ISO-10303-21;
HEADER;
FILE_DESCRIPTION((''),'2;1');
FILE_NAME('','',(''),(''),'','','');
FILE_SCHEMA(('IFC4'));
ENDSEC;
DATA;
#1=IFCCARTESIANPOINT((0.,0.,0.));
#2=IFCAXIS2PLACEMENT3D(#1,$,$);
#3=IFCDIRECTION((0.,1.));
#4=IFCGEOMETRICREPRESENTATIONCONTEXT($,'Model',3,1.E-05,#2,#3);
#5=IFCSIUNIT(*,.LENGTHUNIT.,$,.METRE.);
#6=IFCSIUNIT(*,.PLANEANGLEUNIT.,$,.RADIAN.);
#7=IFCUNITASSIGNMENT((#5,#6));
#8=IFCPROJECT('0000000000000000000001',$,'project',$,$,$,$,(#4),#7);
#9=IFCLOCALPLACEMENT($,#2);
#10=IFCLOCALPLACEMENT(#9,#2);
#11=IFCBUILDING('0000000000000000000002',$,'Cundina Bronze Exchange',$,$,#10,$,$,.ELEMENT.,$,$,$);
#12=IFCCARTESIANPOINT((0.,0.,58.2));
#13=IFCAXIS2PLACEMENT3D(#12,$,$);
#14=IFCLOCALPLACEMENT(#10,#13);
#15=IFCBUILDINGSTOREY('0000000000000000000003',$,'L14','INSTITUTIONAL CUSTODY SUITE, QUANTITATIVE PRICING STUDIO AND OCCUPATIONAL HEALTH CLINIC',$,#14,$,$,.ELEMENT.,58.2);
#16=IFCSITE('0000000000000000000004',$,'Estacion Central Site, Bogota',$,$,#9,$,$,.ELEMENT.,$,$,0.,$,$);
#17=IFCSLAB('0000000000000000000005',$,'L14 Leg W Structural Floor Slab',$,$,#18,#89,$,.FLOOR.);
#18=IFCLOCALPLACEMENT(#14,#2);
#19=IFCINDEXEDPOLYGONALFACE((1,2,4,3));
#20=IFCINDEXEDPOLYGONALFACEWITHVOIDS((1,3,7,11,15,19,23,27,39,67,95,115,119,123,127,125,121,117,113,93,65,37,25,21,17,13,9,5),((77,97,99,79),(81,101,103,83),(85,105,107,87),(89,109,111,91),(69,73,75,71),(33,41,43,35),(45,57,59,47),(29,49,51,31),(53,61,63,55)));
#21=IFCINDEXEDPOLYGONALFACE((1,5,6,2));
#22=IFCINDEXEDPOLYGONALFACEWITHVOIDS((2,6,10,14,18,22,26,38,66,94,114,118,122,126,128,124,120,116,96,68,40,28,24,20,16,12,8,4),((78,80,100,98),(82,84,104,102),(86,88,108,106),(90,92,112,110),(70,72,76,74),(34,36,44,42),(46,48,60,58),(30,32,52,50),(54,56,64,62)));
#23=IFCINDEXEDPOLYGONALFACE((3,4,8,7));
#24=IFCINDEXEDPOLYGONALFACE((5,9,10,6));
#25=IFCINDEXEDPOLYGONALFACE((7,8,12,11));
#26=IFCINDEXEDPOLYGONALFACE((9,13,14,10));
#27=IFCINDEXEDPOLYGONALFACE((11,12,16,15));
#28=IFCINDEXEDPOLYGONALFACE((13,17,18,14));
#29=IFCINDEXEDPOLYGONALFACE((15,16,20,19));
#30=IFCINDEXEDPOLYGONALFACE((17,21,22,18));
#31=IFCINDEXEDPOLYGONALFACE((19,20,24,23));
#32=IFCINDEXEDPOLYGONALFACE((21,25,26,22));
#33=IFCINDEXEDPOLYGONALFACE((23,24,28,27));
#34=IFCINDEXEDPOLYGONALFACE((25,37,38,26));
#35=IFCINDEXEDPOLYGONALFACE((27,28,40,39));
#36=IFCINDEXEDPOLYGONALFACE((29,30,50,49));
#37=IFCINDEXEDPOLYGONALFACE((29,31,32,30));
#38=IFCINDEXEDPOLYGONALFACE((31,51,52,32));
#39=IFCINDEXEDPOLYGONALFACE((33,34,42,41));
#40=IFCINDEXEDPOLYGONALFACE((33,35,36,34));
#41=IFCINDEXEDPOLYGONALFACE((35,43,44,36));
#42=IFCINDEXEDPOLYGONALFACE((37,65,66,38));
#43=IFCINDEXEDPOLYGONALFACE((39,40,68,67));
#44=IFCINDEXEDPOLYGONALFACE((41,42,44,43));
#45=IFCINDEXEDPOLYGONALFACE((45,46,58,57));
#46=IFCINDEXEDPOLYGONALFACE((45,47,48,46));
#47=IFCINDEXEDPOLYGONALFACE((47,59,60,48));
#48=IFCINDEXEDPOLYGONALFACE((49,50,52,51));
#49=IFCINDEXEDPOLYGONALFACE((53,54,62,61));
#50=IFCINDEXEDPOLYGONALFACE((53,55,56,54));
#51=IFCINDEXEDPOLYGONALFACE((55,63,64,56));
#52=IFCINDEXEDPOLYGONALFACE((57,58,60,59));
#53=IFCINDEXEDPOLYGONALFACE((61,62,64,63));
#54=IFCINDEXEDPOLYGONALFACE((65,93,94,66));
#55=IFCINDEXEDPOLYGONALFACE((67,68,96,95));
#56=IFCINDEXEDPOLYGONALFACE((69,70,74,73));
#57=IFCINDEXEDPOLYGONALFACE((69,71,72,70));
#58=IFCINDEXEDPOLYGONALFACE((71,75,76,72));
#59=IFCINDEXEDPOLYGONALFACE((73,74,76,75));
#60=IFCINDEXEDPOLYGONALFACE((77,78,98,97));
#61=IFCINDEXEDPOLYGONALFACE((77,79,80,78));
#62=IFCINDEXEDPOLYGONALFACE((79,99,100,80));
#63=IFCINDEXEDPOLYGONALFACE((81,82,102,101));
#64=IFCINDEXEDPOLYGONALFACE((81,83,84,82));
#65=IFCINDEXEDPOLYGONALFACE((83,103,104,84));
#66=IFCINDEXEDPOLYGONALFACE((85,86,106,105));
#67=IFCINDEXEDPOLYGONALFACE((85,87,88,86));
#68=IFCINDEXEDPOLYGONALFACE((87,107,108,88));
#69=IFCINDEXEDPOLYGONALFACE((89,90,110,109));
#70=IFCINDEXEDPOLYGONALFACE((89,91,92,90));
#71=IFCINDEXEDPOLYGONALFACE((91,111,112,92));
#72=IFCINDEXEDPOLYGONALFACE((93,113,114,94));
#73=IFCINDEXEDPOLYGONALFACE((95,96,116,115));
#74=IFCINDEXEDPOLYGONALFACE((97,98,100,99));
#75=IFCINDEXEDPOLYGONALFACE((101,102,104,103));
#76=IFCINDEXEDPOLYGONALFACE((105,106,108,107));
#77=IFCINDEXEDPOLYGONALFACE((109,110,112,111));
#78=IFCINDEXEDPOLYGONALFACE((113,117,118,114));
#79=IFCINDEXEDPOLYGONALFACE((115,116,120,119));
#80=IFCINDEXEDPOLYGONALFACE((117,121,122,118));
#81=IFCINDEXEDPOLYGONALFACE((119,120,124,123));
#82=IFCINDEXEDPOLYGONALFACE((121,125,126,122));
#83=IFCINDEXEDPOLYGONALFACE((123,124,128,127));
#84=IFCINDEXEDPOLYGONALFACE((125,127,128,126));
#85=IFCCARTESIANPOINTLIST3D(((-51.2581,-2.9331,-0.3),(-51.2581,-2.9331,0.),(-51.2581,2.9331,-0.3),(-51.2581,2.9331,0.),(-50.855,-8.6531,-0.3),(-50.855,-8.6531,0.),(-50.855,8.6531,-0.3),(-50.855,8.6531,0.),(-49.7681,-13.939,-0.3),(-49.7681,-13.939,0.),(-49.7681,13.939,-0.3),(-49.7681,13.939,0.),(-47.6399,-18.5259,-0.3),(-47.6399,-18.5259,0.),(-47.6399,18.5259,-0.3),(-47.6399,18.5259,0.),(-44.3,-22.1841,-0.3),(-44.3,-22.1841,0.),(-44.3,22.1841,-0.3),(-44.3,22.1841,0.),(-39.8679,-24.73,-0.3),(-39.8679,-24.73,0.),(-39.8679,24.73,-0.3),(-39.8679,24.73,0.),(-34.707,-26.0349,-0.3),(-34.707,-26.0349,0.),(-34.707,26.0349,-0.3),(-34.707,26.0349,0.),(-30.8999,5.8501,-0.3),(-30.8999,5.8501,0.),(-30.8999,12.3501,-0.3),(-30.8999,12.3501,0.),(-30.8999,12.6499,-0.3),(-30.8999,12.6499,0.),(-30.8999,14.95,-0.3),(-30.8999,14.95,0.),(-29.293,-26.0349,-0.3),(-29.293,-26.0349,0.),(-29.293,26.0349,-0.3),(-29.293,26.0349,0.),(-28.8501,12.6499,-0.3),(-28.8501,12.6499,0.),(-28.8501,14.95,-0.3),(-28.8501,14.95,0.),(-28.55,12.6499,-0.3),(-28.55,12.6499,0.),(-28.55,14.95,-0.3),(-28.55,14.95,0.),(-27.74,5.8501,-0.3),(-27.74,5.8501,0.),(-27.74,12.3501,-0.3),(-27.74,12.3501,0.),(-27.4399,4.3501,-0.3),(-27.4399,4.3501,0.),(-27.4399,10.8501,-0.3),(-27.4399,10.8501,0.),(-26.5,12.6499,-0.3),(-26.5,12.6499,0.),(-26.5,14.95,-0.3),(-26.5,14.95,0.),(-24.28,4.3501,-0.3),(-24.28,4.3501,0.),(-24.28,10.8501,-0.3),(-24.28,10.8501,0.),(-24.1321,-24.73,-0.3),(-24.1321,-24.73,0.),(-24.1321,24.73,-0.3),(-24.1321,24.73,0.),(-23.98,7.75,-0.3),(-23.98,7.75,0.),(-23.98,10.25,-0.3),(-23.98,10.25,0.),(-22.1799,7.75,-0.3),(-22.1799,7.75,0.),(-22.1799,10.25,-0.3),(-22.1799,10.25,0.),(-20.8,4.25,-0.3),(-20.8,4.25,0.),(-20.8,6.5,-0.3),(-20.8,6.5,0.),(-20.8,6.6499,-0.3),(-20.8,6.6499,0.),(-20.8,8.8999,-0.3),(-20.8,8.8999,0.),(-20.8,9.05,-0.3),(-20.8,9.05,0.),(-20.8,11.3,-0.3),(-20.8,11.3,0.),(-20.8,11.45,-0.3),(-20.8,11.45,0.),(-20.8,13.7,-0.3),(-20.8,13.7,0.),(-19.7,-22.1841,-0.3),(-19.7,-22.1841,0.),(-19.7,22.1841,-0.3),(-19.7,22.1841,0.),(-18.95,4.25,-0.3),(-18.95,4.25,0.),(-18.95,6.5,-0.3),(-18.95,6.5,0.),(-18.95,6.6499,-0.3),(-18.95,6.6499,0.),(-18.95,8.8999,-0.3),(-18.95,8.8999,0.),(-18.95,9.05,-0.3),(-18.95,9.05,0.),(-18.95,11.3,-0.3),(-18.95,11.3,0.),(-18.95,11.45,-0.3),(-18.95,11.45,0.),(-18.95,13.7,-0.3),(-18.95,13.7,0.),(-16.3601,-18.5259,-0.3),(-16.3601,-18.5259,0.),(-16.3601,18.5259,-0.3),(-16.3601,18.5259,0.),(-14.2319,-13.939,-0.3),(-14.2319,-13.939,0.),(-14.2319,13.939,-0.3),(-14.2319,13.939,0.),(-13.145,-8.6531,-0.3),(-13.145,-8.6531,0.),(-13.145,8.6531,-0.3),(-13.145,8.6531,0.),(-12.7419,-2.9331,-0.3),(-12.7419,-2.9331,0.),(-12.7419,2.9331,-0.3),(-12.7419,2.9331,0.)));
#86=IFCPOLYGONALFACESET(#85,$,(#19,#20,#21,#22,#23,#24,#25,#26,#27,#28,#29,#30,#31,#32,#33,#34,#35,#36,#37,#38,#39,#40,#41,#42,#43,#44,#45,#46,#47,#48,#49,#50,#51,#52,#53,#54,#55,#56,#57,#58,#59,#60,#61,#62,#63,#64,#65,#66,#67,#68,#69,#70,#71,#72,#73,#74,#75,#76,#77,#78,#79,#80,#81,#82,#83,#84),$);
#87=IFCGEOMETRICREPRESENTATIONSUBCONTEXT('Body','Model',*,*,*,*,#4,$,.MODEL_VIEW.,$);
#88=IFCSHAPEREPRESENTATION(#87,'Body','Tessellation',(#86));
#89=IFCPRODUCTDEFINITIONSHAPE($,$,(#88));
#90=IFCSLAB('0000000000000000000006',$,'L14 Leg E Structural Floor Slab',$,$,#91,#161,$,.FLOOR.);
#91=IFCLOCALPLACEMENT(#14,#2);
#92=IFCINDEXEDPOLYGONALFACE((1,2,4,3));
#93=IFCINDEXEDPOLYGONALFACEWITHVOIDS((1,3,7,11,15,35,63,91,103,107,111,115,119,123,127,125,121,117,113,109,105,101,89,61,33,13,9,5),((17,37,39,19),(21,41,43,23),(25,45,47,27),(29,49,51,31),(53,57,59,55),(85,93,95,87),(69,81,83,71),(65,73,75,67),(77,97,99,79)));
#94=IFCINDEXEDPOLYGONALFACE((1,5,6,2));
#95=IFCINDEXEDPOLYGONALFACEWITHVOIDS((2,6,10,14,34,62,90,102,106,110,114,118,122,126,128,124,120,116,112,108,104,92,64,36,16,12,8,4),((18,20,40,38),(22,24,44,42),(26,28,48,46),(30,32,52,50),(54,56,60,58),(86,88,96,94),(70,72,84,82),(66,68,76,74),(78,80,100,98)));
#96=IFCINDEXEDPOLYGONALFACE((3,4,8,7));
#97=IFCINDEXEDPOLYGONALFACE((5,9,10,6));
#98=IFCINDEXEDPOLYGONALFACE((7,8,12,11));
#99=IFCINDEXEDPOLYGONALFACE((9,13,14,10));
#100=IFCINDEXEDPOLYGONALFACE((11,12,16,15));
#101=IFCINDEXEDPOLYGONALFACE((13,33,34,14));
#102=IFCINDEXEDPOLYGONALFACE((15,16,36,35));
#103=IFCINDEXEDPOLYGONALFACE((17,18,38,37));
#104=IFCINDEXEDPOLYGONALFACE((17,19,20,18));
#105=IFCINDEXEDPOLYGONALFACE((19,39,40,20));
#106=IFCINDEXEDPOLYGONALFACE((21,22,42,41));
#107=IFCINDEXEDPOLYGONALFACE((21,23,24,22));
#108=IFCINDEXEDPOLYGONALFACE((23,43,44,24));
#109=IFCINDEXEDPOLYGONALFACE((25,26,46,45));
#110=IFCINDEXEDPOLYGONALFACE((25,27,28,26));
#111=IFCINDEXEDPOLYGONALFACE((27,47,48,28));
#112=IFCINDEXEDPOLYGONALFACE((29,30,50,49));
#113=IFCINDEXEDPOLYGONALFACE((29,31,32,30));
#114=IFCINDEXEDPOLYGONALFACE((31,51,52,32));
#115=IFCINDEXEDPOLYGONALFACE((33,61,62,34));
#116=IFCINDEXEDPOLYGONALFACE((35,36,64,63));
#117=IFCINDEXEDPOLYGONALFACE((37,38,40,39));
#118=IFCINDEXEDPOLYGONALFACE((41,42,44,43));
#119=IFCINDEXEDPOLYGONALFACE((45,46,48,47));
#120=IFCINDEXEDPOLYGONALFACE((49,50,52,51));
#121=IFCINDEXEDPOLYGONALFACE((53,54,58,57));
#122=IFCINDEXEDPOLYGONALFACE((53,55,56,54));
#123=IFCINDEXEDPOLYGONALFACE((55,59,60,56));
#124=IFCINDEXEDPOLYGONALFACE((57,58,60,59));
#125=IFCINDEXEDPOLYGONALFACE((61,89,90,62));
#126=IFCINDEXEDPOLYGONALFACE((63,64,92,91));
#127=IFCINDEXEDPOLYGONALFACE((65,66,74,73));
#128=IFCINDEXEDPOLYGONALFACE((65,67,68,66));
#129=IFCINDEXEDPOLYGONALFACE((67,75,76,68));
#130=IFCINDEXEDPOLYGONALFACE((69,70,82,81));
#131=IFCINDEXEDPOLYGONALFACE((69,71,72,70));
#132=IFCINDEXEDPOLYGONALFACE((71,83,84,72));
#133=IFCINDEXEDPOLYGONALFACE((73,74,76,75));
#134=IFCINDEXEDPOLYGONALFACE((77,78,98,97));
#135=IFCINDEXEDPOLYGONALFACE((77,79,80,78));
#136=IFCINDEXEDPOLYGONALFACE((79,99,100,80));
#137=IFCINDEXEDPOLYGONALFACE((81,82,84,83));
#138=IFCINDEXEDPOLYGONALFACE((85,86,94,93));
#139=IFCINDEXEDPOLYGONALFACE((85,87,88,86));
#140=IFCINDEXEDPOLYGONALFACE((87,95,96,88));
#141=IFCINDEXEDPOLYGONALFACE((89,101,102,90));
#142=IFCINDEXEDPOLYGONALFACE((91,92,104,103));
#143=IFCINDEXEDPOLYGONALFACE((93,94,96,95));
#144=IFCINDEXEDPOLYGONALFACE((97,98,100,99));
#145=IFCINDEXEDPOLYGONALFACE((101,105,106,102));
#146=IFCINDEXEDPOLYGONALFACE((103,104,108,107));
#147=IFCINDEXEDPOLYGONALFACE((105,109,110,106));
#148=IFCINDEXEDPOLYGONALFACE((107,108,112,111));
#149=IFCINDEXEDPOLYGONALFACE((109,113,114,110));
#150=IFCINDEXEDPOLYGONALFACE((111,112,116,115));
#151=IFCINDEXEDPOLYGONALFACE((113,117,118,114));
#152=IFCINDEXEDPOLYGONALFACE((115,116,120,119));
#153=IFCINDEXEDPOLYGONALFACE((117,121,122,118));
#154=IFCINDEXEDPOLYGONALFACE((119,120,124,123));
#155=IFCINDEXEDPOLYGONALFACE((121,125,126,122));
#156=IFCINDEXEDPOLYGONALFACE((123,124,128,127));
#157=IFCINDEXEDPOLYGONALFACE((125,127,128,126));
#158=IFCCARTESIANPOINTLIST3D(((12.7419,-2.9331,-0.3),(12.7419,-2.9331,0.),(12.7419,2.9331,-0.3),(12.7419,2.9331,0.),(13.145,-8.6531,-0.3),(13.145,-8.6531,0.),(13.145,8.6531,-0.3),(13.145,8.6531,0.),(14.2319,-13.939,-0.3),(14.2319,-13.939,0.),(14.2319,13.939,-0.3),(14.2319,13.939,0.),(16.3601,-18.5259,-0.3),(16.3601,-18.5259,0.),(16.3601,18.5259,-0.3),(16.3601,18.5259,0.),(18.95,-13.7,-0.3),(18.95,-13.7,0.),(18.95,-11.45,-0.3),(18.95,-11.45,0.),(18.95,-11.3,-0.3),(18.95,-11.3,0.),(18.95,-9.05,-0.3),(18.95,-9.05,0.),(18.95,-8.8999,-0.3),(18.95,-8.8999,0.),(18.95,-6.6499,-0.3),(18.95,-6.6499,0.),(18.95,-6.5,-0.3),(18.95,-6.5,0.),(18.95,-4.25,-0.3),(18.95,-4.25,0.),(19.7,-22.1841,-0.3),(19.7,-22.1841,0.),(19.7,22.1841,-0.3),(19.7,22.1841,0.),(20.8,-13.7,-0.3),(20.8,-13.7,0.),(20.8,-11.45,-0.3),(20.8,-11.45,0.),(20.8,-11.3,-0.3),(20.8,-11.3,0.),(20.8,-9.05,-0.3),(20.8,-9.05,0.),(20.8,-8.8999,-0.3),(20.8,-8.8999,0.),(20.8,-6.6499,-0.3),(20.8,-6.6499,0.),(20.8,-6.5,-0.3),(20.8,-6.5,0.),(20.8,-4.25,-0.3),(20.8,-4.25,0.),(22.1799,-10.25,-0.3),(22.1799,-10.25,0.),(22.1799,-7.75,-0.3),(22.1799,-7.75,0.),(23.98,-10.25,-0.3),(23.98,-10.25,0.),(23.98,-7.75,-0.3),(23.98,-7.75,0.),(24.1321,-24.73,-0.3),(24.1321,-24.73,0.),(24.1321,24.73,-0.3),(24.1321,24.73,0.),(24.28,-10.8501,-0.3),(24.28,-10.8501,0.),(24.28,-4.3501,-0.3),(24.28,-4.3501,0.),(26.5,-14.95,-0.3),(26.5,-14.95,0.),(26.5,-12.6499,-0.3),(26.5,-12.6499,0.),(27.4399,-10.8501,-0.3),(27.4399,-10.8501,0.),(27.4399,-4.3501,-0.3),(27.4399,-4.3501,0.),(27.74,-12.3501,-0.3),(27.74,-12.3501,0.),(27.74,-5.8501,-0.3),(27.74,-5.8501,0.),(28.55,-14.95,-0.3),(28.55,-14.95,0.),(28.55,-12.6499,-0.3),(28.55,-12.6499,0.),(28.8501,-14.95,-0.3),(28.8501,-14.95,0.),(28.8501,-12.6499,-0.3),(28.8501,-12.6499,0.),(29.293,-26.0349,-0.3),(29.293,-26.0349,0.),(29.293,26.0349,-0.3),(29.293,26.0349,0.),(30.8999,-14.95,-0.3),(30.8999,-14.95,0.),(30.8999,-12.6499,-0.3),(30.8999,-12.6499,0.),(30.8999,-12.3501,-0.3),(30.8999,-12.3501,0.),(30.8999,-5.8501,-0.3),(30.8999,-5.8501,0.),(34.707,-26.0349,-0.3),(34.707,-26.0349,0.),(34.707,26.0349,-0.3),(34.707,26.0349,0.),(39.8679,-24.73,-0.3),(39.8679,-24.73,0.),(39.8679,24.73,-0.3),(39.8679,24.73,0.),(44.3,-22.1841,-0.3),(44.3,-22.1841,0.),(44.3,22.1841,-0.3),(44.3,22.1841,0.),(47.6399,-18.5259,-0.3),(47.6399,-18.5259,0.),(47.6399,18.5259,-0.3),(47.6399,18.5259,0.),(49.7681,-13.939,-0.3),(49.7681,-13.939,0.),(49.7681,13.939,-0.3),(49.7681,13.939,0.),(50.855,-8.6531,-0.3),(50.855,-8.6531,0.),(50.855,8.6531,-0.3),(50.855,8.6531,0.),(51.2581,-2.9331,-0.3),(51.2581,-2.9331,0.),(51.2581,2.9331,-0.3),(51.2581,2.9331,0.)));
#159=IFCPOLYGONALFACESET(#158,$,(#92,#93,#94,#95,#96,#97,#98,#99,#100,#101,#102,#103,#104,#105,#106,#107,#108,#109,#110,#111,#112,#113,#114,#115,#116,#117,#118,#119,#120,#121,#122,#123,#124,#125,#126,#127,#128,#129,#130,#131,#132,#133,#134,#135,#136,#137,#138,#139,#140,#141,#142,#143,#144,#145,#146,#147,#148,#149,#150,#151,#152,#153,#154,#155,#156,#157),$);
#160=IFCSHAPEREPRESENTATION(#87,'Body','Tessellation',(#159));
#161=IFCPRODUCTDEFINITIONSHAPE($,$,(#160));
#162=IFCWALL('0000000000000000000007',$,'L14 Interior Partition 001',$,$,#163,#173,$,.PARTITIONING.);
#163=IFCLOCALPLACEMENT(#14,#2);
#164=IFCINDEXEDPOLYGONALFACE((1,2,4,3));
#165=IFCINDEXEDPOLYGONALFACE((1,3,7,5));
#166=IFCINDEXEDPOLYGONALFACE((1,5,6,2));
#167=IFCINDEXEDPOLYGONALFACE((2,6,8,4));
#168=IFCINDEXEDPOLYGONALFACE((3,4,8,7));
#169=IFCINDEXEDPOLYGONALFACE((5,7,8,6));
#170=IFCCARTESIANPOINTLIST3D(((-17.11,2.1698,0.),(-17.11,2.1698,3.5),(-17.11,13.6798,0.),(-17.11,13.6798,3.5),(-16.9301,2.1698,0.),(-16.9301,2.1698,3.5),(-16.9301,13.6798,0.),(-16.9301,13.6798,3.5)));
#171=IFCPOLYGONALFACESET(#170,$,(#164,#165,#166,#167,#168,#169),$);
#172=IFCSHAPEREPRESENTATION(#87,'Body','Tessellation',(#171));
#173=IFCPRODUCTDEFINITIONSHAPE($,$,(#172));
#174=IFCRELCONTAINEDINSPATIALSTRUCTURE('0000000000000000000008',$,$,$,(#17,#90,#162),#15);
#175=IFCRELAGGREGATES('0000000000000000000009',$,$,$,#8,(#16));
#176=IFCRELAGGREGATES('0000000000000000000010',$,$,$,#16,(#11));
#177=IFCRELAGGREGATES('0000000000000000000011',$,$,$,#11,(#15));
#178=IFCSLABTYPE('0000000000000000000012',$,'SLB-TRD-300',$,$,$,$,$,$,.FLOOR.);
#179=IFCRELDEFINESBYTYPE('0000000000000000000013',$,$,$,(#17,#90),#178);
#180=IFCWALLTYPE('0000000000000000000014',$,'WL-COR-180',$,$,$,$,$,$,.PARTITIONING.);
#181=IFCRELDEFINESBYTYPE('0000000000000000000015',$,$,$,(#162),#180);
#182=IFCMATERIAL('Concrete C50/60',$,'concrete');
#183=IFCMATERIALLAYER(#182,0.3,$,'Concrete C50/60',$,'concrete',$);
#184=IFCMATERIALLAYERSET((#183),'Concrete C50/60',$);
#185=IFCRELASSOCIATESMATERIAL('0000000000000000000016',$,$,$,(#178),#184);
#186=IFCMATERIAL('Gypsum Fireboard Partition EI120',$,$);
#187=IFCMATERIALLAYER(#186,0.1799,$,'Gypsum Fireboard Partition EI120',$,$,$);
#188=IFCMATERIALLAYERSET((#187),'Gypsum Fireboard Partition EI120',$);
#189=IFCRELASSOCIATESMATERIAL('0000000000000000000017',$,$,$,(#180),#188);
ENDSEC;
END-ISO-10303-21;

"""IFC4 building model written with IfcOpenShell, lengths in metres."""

from ifc_helpers import new_model, si_unit, direction, frame, frame_2d, origin, place, context, subcontext, project, spatial, polyline, rectangle, outline, extrude, material, layer, layer_set, type_object, element, save


model = new_model("IFC4")

# Units and contexts
model_context = context("Model", 3, precision=1e-05, world=origin(), true_north=direction((0.0, 1.0)))
body_context = subcontext(model_context, "Body", "Model", "MODEL_VIEW")
ifc_project = project(units=[si_unit("LENGTHUNIT", "METRE"), si_unit("PLANEANGLEUNIT", "RADIAN")], contexts=[model_context])

# Site, building, storey
site_placement = place(None, origin())
site = spatial("IfcSite", under=ifc_project, at=site_placement, Name="Estacion Central Site, Bogota", CompositionType="ELEMENT", RefElevation=0.0)
building_placement = place(site_placement, origin())
building = spatial("IfcBuilding", under=site, at=building_placement, Name="Cundina Bronze Exchange", CompositionType="ELEMENT")
storey_placement = place(building_placement, frame((0.0, 0.0, 58.2)))
storey = spatial("IfcBuildingStorey", under=building, at=storey_placement, Name="L14", Description="INSTITUTIONAL CUSTODY SUITE, QUANTITATIVE PRICING STUDIO AND OCCUPATIONAL HEALTH CLINIC", CompositionType="ELEMENT", Elevation=58.2)

# Slabs
ifc_material_1 = material(Name="Concrete C50/60", Category="concrete")
ifc_layer_1 = layer(ifc_material_1, 0.3, Name="Concrete C50/60", Category="concrete")
ifc_layer_set_1 = layer_set([ifc_layer_1], Name="Concrete C50/60")
slab_type_1 = type_object("IfcSlabType", Name="SLB-TRD-300", PredefinedType="FLOOR", material=ifc_layer_set_1)
slab_1_placement = place(storey_placement, frame((0.0, 0.0, -0.3)))
element("IfcSlab", 1, at=slab_1_placement, inside=storey, type_object=slab_type_1, Name="L14 Leg W Structural Floor Slab", PredefinedType="FLOOR", context=body_context, shape_type="SweptSolid", body=[
    extrude(outline(polyline([(-12.7419, 2.9331), (-13.145, 8.6531), (-14.2319, 13.939), (-16.3601, 18.5259), (-19.7, 22.1841), (-24.1321, 24.73), (-29.293, 26.0349), (-34.707, 26.0349), (-39.8679, 24.73), (-44.3, 22.1841), (-47.6399, 18.5259), (-49.7681, 13.939), (-50.855, 8.6531), (-51.2581, 2.9331), (-51.2581, -2.9331), (-50.855, -8.6531), (-49.7681, -13.939), (-47.6399, -18.5259), (-44.3, -22.1841), (-39.8679, -24.73), (-34.707, -26.0349), (-29.293, -26.0349), (-24.1321, -24.73), (-19.7, -22.1841), (-16.3601, -18.5259), (-14.2319, -13.939), (-13.145, -8.6531), (-12.7419, -2.9331), (-12.7419, 2.9331)]), holes=[polyline([(-27.74, 5.8501), (-27.74, 12.3501), (-30.8999, 12.3501), (-30.8999, 5.8501), (-27.74, 5.8501)]), polyline([(-27.4399, 10.8501), (-27.4399, 4.3501), (-24.28, 4.3501), (-24.28, 10.8501), (-27.4399, 10.8501)]), polyline([(-23.98, 10.25), (-22.1799, 10.25), (-22.1799, 7.75), (-23.98, 7.75), (-23.98, 10.25)]), polyline([(-30.8999, 14.95), (-28.8501, 14.95), (-28.8501, 12.6499), (-30.8999, 12.6499), (-30.8999, 14.95)]), polyline([(-28.55, 14.95), (-26.5, 14.95), (-26.5, 12.6499), (-28.55, 12.6499), (-28.55, 14.95)]), polyline([(-20.8, 13.7), (-18.95, 13.7), (-18.95, 11.45), (-20.8, 11.45), (-20.8, 13.7)]), polyline([(-20.8, 11.3), (-18.95, 11.3), (-18.95, 9.05), (-20.8, 9.05), (-20.8, 11.3)]), polyline([(-20.8, 8.8999), (-18.95, 8.8999), (-18.95, 6.6499), (-20.8, 6.6499), (-20.8, 8.8999)]), polyline([(-20.8, 6.5), (-18.95, 6.5), (-18.95, 4.25), (-20.8, 4.25), (-20.8, 6.5)])]), origin(), (0.0, 0.0, 1.0), 0.3),
])
slab_2_placement = place(storey_placement, frame((0.0, 0.0, -0.3)))
element("IfcSlab", 2, at=slab_2_placement, inside=storey, type_object=slab_type_1, Name="L14 Leg E Structural Floor Slab", PredefinedType="FLOOR", context=body_context, shape_type="SweptSolid", body=[
    extrude(outline(polyline([(51.2581, 2.9331), (50.855, 8.6531), (49.7681, 13.939), (47.6399, 18.5259), (44.3, 22.1841), (39.8679, 24.73), (34.707, 26.0349), (29.293, 26.0349), (24.1321, 24.73), (19.7, 22.1841), (16.3601, 18.5259), (14.2319, 13.939), (13.145, 8.6531), (12.7419, 2.9331), (12.7419, -2.9331), (13.145, -8.6531), (14.2319, -13.939), (16.3601, -18.5259), (19.7, -22.1841), (24.1321, -24.73), (29.293, -26.0349), (34.707, -26.0349), (39.8679, -24.73), (44.3, -22.1841), (47.6399, -18.5259), (49.7681, -13.939), (50.855, -8.6531), (51.2581, -2.9331), (51.2581, 2.9331)]), holes=[polyline([(27.74, -5.8501), (27.74, -12.3501), (30.8999, -12.3501), (30.8999, -5.8501), (27.74, -5.8501)]), polyline([(27.4399, -10.8501), (27.4399, -4.3501), (24.28, -4.3501), (24.28, -10.8501), (27.4399, -10.8501)]), polyline([(22.1799, -7.75), (23.98, -7.75), (23.98, -10.25), (22.1799, -10.25), (22.1799, -7.75)]), polyline([(28.8501, -12.6499), (30.8999, -12.6499), (30.8999, -14.95), (28.8501, -14.95), (28.8501, -12.6499)]), polyline([(26.5, -12.6499), (28.55, -12.6499), (28.55, -14.95), (26.5, -14.95), (26.5, -12.6499)]), polyline([(18.95, -11.45), (20.8, -11.45), (20.8, -13.7), (18.95, -13.7), (18.95, -11.45)]), polyline([(18.95, -9.05), (20.8, -9.05), (20.8, -11.3), (18.95, -11.3), (18.95, -9.05)]), polyline([(18.95, -6.6499), (20.8, -6.6499), (20.8, -8.8999), (18.95, -8.8999), (18.95, -6.6499)]), polyline([(18.95, -4.25), (20.8, -4.25), (20.8, -6.5), (18.95, -6.5), (18.95, -4.25)])]), origin(), (0.0, 0.0, 1.0), 0.3),
])

# Wall
ifc_material_2 = material(Name="Gypsum Fireboard Partition EI120")
ifc_layer_2 = layer(ifc_material_2, 0.1799, Name="Gypsum Fireboard Partition EI120")
ifc_layer_set_2 = layer_set([ifc_layer_2], Name="Gypsum Fireboard Partition EI120")
wall_type = type_object("IfcWallType", Name="WL-COR-180", PredefinedType="PARTITIONING", material=ifc_layer_set_2)
wall_1_placement = place(storey_placement, frame((-17.02, 2.1699, 0.0), z_axis=(0.0, 0.0, 1.0), x_axis=(0.0, 1.0, 0.0)))
element("IfcWall", 3, at=wall_1_placement, inside=storey, type_object=wall_type, Name="L14 Interior Partition 001", PredefinedType="PARTITIONING", context=body_context, shape_type="SweptSolid", body=[
    extrude(rectangle(XDim=11.51, YDim=0.1799, at=frame_2d((5.7549, 0.0))), origin(), (0.0, 0.0, 1.0), 3.5),
])

save(model, "model.ifc")
